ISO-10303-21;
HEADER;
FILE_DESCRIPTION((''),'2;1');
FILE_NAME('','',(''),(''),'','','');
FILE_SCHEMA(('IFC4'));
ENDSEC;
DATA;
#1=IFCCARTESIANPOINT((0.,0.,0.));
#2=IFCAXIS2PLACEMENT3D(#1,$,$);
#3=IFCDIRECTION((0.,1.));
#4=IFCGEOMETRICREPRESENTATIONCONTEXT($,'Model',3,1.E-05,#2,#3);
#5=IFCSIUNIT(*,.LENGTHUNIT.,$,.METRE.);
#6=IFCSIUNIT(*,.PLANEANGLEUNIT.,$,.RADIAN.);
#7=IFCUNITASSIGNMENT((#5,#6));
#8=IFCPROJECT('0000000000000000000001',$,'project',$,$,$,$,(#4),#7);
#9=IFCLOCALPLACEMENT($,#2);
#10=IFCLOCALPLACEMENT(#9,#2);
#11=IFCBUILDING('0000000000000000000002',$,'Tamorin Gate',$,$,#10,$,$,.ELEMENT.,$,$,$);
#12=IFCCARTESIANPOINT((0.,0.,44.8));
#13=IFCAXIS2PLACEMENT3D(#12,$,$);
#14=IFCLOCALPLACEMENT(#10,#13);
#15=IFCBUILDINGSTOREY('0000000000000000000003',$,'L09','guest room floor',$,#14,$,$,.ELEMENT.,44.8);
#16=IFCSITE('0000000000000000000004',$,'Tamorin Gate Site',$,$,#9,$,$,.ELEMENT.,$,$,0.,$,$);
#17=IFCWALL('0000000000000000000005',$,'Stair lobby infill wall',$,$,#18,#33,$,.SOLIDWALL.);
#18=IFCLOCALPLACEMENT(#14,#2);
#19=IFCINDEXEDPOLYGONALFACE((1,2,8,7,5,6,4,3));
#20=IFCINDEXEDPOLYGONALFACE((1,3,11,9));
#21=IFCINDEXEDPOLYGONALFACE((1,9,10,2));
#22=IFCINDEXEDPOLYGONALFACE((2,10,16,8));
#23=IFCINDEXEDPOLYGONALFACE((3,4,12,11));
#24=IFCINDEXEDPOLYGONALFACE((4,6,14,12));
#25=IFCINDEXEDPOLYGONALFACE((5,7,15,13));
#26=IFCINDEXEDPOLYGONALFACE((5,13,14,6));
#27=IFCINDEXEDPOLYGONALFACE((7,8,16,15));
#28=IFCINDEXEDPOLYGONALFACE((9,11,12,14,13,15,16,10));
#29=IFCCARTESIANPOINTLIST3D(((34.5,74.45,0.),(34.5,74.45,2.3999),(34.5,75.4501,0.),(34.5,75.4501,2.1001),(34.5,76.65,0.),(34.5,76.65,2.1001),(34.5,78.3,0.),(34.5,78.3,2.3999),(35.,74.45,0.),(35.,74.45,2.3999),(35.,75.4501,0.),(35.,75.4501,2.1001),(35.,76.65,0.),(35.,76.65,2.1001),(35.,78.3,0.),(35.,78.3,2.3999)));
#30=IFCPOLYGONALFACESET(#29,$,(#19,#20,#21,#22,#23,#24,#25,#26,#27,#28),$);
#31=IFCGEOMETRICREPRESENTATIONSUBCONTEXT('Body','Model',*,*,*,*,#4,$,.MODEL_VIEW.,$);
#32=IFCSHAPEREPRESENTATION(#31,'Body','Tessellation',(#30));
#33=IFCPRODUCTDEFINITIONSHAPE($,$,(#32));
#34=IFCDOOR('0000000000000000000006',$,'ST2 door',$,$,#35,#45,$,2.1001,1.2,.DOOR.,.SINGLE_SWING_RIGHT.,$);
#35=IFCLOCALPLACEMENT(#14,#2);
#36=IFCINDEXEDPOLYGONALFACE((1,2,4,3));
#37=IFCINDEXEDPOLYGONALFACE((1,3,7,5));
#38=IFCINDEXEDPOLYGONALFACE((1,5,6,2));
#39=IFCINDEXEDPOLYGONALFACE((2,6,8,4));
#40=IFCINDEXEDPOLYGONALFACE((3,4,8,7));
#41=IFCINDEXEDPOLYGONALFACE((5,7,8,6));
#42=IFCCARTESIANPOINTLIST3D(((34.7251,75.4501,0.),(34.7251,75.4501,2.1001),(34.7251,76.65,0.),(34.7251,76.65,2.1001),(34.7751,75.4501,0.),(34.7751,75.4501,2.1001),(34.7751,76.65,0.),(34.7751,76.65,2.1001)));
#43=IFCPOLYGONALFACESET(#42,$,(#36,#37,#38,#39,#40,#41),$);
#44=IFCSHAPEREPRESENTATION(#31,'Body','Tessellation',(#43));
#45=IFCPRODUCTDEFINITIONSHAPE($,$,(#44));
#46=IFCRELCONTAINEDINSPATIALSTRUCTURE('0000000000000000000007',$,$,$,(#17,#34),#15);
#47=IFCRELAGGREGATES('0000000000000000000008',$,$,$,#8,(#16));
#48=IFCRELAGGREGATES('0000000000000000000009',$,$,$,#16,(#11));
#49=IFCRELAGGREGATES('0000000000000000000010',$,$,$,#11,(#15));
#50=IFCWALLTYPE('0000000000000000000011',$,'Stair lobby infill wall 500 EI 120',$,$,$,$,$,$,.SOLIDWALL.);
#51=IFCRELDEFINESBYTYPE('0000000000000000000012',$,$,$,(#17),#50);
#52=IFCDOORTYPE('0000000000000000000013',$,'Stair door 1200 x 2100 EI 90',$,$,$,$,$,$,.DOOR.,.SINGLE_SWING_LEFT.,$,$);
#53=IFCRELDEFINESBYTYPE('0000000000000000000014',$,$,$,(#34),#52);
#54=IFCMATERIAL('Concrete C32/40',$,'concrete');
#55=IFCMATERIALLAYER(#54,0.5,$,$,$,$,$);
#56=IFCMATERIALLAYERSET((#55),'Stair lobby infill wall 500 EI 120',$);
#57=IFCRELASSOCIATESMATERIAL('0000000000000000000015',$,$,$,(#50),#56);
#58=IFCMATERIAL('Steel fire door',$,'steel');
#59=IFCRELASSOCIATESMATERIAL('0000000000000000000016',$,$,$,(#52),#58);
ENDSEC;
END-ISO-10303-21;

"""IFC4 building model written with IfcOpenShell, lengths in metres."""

from ifc_helpers import new_model, si_unit, direction, frame, frame_2d, origin, place, context, subcontext, project, spatial, rectangle, extrude, material, layer, layer_set, type_object, element, fill, save


model = new_model("IFC4")

# Units and contexts
model_context = context("Model", 3, precision=1e-05, world=origin(), true_north=direction((0.0, 1.0)))
body_context = subcontext(model_context, "Body", "Model", "MODEL_VIEW")
ifc_project = project(units=[si_unit("LENGTHUNIT", "METRE"), si_unit("PLANEANGLEUNIT", "RADIAN")], contexts=[model_context])

# Site, building, storey
site_placement = place(None, origin())
site = spatial("IfcSite", under=ifc_project, at=site_placement, Name="Tamorin Gate Site", CompositionType="ELEMENT", RefElevation=0.0)
building_placement = place(site_placement, origin())
building = spatial("IfcBuilding", under=site, at=building_placement, Name="Tamorin Gate", CompositionType="ELEMENT")
storey_placement = place(building_placement, frame((0.0, 0.0, 44.8)))
storey = spatial("IfcBuildingStorey", under=building, at=storey_placement, Name="L09", Description="guest room floor", CompositionType="ELEMENT", Elevation=44.8)

# Wall, opening, door
ifc_material_1 = material(Name="Steel fire door", Category="steel")
ifc_material_2 = material(Name="Concrete C32/40", Category="concrete")
ifc_layer_1 = layer(ifc_material_2, 0.5)
ifc_layer_set_1 = layer_set([ifc_layer_1], Name="Stair lobby infill wall 500 EI 120")
wall_type_1 = type_object("IfcWallType", Name="Stair lobby infill wall 500 EI 120", PredefinedType="SOLIDWALL", material=ifc_layer_set_1)
wall_1_placement = place(storey_placement, frame((34.75, 74.45, 0.0), z_axis=(0.0, 0.0, 1.0), x_axis=(0.0, 1.0, 0.0)))
wall_1 = element("IfcWall", 1, at=wall_1_placement, inside=storey, type_object=wall_type_1, Name="Stair lobby infill wall", PredefinedType="SOLIDWALL", context=body_context, shape_type="SweptSolid", body=[
    extrude(rectangle(XDim=3.8501, YDim=0.5, at=frame_2d((1.925, 0.0))), origin(), (0.0, 0.0, 1.0), 2.3999),
])
opening_1_placement = place(wall_1_placement, frame((1.0, 0.0, 0.0)))
opening_1 = element("IfcOpeningElement", 2, at=opening_1_placement, cuts=wall_1, PredefinedType="OPENING", context=body_context, shape_type="SweptSolid", body=[
    extrude(rectangle(XDim=1.2, YDim=2.1001, at=frame_2d((0.6001, 1.05))), frame((0.0, 0.26, 0.0), z_axis=(0.0, -1.0, 0.0), x_axis=(1.0, 0.0, 0.0)), (0.0, 0.0, 1.0), 0.52),
])
door_type_1 = type_object("IfcDoorType", Name="Stair door 1200 x 2100 EI 90", OperationType="SINGLE_SWING_LEFT", PredefinedType="DOOR", material=ifc_material_1)
door_1_placement = place(opening_1_placement, origin())
door_1 = element("IfcDoor", 3, at=door_1_placement, inside=storey, type_object=door_type_1, Name="ST2 door", OperationType="SINGLE_SWING_RIGHT", OverallHeight=2.1001, OverallWidth=1.2, PredefinedType="DOOR", context=body_context, shape_type="SweptSolid", body=[
    extrude(rectangle(XDim=1.2, YDim=2.1001, at=frame_2d((0.6001, 1.05))), frame((0.0, 0.0249, 0.0), z_axis=(0.0, -1.0, 0.0), x_axis=(1.0, 0.0, 0.0)), (0.0, 0.0, 1.0), 0.05),
])
fill(opening_1, door_1)

save(model, "model.ifc")
